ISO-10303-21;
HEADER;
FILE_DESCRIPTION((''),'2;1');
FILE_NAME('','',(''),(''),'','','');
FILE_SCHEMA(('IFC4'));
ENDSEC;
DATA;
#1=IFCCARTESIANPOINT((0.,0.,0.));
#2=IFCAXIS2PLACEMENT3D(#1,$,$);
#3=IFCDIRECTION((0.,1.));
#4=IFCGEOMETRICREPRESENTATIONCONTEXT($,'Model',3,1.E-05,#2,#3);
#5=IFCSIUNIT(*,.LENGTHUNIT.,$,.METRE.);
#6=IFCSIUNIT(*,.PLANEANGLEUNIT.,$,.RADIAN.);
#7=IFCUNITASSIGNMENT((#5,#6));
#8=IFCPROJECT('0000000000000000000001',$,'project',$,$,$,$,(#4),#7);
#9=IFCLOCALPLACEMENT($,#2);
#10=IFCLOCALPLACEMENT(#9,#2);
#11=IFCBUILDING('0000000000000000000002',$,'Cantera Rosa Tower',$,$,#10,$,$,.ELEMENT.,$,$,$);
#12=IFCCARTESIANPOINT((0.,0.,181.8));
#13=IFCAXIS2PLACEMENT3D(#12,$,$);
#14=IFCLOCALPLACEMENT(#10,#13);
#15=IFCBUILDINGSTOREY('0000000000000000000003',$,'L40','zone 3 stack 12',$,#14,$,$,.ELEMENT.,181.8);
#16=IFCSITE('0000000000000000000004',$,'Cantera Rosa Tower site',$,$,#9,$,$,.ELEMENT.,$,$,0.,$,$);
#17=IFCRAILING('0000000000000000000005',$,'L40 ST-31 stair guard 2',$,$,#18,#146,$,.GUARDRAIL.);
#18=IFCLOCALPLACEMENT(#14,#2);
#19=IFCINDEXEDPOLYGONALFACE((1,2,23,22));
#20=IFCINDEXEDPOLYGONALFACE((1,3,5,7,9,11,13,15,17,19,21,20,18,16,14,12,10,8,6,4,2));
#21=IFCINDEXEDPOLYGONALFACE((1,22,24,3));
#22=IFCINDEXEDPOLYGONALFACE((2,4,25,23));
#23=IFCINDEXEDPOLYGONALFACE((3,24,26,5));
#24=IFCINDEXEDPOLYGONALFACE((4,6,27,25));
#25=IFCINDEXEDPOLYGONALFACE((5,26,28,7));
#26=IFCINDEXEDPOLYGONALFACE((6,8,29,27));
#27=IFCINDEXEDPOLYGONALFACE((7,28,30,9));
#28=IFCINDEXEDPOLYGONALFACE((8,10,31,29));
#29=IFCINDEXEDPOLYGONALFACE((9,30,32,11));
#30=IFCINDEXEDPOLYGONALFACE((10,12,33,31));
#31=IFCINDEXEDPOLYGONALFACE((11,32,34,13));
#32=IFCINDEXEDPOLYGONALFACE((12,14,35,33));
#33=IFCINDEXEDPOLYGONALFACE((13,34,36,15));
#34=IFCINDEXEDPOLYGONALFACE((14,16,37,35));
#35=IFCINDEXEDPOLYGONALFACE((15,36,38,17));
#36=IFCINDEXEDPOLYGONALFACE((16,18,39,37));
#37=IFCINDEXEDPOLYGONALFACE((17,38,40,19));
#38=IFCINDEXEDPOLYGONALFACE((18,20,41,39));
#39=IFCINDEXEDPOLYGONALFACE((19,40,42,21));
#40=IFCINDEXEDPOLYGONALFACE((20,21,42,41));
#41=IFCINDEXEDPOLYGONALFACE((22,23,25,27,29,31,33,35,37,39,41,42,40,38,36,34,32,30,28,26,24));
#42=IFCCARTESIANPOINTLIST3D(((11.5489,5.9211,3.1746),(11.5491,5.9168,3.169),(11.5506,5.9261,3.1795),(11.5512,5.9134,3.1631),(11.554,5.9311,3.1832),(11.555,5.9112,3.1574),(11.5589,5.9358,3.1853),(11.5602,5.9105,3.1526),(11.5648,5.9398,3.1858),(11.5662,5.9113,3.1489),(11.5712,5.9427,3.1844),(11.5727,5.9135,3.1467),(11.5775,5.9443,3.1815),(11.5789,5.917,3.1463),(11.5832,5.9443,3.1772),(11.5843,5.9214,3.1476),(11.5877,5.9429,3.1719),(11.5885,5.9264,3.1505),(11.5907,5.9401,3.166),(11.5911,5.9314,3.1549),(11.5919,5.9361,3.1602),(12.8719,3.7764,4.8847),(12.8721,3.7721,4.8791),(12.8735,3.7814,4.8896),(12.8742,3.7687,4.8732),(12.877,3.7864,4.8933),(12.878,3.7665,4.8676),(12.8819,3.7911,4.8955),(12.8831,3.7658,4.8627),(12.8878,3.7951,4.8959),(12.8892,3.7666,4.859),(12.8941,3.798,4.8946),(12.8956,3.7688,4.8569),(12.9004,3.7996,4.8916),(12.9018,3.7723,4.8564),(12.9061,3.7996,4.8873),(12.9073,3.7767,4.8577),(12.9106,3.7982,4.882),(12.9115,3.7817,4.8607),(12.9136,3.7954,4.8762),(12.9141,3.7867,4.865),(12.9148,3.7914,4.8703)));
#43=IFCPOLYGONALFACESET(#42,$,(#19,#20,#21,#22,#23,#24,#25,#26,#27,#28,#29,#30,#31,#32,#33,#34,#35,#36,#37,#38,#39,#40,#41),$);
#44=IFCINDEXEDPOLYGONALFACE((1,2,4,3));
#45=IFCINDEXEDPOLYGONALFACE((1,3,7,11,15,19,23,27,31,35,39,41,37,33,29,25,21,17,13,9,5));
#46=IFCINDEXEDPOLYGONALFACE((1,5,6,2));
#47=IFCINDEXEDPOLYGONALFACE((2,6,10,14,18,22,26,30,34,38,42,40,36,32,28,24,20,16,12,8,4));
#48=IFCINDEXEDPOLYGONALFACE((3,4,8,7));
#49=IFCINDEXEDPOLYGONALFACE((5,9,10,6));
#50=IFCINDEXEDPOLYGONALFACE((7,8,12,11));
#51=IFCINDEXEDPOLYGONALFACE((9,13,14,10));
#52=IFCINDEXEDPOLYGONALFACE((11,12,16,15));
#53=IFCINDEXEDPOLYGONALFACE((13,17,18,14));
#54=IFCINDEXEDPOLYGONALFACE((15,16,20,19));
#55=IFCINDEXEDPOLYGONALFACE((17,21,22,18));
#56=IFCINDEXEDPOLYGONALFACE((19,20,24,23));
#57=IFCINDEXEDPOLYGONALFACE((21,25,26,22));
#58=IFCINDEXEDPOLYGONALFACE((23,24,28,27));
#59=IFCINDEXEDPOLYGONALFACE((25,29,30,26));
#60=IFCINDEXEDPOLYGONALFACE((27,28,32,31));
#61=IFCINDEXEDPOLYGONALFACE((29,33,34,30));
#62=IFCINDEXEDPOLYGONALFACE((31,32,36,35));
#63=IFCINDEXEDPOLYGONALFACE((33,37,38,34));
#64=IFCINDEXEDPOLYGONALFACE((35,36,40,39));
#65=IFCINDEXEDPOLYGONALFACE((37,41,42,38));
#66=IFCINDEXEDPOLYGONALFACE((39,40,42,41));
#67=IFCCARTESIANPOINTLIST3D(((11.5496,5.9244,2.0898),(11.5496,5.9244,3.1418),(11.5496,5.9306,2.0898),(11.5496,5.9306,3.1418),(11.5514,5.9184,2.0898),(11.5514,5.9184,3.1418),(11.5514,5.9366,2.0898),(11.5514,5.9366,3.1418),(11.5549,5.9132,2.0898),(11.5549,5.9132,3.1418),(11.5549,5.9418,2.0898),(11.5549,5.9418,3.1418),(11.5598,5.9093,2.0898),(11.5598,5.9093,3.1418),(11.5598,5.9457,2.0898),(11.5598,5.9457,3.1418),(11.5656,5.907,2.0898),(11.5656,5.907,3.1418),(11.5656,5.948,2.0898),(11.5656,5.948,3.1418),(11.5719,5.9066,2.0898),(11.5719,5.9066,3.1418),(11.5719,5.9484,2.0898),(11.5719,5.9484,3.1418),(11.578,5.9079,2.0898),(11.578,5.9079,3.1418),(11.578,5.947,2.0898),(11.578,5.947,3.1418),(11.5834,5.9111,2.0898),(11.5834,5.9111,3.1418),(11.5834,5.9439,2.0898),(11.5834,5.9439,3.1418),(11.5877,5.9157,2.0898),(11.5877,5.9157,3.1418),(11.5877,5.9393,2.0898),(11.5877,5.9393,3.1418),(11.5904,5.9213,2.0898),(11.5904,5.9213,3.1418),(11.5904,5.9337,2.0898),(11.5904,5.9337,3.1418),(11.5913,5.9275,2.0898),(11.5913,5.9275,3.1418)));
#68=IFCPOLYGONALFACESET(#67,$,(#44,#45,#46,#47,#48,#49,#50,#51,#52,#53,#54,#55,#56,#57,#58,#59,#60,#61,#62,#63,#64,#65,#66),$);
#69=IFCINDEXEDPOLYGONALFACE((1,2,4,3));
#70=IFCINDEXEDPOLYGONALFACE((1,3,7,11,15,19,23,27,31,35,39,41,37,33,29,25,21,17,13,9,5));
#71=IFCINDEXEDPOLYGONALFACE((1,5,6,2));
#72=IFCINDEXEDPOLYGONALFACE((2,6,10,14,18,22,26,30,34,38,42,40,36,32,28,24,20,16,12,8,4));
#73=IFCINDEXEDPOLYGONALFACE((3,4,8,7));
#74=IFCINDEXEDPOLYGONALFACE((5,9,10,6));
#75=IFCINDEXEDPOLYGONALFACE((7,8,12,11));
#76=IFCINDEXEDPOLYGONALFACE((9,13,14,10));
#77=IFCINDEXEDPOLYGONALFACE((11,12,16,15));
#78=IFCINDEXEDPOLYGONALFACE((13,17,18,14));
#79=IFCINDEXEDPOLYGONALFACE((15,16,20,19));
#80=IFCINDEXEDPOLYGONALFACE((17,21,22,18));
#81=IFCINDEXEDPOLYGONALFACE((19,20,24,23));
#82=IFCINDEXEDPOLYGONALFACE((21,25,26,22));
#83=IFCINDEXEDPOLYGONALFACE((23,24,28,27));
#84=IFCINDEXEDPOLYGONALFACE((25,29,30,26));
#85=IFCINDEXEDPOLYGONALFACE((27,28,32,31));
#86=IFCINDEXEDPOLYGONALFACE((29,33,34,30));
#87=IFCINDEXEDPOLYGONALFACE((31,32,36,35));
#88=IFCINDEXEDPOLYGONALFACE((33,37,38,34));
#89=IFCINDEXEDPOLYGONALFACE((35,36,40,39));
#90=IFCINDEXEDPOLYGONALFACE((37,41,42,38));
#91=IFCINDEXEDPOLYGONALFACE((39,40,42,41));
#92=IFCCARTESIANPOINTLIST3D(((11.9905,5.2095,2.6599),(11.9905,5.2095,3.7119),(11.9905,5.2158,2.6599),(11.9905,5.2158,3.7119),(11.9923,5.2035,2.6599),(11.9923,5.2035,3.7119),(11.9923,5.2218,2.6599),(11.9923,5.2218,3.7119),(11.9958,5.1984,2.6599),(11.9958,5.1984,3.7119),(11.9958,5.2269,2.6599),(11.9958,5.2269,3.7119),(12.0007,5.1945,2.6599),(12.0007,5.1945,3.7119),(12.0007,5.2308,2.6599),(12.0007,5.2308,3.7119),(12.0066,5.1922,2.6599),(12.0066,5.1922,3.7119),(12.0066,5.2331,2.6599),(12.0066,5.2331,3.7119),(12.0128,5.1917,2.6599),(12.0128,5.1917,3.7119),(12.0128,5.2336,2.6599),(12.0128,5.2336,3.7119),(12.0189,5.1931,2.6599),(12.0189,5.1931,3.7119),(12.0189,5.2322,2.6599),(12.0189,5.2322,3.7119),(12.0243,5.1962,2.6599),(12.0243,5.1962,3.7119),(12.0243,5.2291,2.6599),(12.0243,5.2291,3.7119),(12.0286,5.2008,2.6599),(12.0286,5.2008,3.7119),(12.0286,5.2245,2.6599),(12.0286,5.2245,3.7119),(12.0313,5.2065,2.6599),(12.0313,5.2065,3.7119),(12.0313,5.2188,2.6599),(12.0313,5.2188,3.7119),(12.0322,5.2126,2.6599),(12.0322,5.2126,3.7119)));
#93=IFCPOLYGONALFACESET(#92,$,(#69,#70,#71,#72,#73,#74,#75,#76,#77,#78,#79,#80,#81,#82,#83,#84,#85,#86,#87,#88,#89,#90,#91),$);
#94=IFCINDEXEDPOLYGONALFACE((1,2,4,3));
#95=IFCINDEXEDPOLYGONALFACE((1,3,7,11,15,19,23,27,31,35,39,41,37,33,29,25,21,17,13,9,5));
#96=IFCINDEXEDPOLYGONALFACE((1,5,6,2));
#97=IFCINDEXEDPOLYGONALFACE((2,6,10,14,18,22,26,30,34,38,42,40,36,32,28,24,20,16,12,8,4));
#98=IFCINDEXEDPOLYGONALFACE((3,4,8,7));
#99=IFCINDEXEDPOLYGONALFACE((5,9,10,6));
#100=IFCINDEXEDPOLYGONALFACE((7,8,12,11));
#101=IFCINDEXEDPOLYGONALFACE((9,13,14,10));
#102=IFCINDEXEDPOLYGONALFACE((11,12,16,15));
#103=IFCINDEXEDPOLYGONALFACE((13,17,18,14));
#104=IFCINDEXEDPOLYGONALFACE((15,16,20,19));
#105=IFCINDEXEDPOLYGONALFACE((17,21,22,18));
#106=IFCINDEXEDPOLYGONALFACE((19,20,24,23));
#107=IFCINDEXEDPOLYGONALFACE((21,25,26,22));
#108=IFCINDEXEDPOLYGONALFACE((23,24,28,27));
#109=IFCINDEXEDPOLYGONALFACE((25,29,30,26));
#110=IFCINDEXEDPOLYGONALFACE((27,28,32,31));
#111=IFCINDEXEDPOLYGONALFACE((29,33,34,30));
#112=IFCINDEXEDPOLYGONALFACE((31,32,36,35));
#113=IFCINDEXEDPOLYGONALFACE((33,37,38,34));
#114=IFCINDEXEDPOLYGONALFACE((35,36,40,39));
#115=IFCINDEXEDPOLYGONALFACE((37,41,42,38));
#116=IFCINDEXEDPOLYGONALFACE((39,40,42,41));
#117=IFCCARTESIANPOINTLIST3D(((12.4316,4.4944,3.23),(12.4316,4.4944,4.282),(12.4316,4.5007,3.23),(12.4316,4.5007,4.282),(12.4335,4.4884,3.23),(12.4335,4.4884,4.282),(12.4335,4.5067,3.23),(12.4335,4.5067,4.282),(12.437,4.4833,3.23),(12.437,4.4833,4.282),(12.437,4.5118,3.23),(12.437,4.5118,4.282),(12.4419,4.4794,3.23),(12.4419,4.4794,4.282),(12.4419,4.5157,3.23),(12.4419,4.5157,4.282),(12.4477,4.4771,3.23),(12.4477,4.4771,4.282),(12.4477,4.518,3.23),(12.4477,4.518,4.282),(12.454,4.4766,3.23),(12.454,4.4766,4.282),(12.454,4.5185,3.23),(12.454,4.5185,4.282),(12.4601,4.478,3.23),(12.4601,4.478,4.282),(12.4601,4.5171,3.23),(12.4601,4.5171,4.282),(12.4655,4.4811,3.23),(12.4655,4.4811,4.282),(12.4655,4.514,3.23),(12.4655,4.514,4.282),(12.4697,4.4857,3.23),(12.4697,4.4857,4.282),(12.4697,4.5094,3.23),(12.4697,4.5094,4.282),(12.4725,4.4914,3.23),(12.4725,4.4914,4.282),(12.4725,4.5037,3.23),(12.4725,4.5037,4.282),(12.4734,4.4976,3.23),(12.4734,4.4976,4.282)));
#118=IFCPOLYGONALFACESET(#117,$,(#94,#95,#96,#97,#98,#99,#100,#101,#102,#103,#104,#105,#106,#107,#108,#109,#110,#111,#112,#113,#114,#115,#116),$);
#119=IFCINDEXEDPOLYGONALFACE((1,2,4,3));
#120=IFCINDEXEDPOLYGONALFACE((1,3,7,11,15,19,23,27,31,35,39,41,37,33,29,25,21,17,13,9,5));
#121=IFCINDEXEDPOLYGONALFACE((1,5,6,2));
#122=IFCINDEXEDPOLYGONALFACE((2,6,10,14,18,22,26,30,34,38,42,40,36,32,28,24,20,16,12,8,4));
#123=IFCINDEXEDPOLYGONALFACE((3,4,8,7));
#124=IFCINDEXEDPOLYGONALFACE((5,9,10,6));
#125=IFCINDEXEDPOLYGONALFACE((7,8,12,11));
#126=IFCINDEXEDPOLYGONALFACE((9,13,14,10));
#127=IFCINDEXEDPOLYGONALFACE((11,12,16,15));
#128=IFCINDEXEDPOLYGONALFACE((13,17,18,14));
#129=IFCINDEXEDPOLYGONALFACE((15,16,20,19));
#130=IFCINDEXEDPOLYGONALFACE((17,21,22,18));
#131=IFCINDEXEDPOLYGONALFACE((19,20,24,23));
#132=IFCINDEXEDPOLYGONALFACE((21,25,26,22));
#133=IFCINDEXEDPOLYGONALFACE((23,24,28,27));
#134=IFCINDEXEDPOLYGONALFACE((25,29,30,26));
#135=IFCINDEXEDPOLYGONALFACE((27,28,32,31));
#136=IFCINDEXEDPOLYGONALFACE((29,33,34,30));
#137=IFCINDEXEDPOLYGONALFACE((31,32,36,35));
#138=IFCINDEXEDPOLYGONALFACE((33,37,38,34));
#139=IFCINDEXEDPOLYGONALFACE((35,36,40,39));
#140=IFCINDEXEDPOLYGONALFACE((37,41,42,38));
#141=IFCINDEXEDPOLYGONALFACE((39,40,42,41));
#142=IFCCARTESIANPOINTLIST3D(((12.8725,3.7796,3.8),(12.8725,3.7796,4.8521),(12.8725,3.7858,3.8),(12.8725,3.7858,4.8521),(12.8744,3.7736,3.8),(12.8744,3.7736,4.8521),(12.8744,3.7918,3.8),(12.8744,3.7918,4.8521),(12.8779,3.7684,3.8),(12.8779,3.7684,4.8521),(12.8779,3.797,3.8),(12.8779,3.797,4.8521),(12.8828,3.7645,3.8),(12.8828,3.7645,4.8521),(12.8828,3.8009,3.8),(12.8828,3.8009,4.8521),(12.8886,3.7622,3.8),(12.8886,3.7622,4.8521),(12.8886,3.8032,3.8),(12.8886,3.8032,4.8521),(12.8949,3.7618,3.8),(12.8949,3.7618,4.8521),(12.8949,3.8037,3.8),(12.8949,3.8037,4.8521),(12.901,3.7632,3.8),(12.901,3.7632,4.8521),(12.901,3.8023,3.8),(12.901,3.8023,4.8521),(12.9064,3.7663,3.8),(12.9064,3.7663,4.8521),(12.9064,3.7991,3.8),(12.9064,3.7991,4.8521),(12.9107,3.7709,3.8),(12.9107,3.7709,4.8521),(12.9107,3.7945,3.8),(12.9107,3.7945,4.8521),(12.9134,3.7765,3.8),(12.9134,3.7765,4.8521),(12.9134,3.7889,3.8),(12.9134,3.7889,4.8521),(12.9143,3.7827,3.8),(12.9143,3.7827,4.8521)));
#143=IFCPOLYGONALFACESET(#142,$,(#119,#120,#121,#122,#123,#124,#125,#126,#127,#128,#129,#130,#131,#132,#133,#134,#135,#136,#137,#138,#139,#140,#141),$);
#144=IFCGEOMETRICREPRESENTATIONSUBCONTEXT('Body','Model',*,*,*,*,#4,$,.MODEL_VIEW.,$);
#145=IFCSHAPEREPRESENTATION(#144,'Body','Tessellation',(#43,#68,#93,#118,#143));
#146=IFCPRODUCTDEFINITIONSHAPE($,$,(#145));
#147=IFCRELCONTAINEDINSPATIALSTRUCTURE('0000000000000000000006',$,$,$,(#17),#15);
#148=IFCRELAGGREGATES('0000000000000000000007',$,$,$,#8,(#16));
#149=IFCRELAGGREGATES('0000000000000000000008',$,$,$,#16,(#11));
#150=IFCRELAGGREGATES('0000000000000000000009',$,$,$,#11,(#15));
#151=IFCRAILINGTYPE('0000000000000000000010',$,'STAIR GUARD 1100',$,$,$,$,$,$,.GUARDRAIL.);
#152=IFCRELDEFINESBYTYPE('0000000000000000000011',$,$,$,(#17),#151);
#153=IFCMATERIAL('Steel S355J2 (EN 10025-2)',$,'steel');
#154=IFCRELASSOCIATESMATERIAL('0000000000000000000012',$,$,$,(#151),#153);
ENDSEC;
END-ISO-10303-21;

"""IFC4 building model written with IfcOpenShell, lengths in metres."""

from ifc_helpers import new_model, si_unit, direction, frame, origin, origin_2d, place, context, subcontext, project, spatial, circle, extrude, material, type_object, element, save


model = new_model("IFC4")

# Units and contexts
model_context = context("Model", 3, precision=1e-05, world=origin(), true_north=direction((0.0, 1.0)))
body_context = subcontext(model_context, "Body", "Model", "MODEL_VIEW")
ifc_project = project(units=[si_unit("LENGTHUNIT", "METRE"), si_unit("PLANEANGLEUNIT", "RADIAN")], contexts=[model_context])

# Site, building, storey
site_placement = place(None, origin())
site = spatial("IfcSite", under=ifc_project, at=site_placement, Name="Cantera Rosa Tower site", CompositionType="ELEMENT", RefElevation=0.0)
building_placement = place(site_placement, origin())
building = spatial("IfcBuilding", under=site, at=building_placement, Name="Cantera Rosa Tower", CompositionType="ELEMENT")
storey_placement = place(building_placement, frame((0.0, 0.0, 181.8)))
storey = spatial("IfcBuildingStorey", under=building, at=storey_placement, Name="L40", Description="zone 3 stack 12", CompositionType="ELEMENT", Elevation=181.8)

# Railing
ifc_material_1 = material(Name="Steel S355J2 (EN 10025-2)", Category="steel")
railing_type_1 = type_object("IfcRailingType", Name="STAIR GUARD 1100", PredefinedType="GUARDRAIL", material=ifc_material_1)
railing_1_placement = place(storey_placement, frame((11.5703, 5.9275, 2.0898)))
element("IfcRailing", 1, at=railing_1_placement, inside=storey, type_object=railing_type_1, Name="L40 ST-31 stair guard 2", PredefinedType="GUARDRAIL", context=body_context, shape_type="SweptSolid", body=[
    extrude(circle(Radius=0.0239, at=origin_2d()), frame((0.0, 0.0, 1.0762), z_axis=(0.434408, -0.70424, 0.561548), x_axis=(0.851102, 0.525, 0.0)), (0.0, 0.0, 1.0), 3.0454),
    extrude(circle(Radius=0.021, at=origin_2d()), origin(), (0.0, 0.0, 1.0), 1.052),
    extrude(circle(Radius=0.021, at=origin_2d()), frame((0.4409, -0.7148, 0.5701)), (0.0, 0.0, 1.0), 1.052),
    extrude(circle(Radius=0.021, at=origin_2d()), frame((0.8821, -1.4299, 1.1401)), (0.0, 0.0, 1.0), 1.052),
    extrude(circle(Radius=0.021, at=origin_2d()), frame((1.323, -2.1448, 1.7102)), (0.0, 0.0, 1.0), 1.052),
])

save(model, "model.ifc")
